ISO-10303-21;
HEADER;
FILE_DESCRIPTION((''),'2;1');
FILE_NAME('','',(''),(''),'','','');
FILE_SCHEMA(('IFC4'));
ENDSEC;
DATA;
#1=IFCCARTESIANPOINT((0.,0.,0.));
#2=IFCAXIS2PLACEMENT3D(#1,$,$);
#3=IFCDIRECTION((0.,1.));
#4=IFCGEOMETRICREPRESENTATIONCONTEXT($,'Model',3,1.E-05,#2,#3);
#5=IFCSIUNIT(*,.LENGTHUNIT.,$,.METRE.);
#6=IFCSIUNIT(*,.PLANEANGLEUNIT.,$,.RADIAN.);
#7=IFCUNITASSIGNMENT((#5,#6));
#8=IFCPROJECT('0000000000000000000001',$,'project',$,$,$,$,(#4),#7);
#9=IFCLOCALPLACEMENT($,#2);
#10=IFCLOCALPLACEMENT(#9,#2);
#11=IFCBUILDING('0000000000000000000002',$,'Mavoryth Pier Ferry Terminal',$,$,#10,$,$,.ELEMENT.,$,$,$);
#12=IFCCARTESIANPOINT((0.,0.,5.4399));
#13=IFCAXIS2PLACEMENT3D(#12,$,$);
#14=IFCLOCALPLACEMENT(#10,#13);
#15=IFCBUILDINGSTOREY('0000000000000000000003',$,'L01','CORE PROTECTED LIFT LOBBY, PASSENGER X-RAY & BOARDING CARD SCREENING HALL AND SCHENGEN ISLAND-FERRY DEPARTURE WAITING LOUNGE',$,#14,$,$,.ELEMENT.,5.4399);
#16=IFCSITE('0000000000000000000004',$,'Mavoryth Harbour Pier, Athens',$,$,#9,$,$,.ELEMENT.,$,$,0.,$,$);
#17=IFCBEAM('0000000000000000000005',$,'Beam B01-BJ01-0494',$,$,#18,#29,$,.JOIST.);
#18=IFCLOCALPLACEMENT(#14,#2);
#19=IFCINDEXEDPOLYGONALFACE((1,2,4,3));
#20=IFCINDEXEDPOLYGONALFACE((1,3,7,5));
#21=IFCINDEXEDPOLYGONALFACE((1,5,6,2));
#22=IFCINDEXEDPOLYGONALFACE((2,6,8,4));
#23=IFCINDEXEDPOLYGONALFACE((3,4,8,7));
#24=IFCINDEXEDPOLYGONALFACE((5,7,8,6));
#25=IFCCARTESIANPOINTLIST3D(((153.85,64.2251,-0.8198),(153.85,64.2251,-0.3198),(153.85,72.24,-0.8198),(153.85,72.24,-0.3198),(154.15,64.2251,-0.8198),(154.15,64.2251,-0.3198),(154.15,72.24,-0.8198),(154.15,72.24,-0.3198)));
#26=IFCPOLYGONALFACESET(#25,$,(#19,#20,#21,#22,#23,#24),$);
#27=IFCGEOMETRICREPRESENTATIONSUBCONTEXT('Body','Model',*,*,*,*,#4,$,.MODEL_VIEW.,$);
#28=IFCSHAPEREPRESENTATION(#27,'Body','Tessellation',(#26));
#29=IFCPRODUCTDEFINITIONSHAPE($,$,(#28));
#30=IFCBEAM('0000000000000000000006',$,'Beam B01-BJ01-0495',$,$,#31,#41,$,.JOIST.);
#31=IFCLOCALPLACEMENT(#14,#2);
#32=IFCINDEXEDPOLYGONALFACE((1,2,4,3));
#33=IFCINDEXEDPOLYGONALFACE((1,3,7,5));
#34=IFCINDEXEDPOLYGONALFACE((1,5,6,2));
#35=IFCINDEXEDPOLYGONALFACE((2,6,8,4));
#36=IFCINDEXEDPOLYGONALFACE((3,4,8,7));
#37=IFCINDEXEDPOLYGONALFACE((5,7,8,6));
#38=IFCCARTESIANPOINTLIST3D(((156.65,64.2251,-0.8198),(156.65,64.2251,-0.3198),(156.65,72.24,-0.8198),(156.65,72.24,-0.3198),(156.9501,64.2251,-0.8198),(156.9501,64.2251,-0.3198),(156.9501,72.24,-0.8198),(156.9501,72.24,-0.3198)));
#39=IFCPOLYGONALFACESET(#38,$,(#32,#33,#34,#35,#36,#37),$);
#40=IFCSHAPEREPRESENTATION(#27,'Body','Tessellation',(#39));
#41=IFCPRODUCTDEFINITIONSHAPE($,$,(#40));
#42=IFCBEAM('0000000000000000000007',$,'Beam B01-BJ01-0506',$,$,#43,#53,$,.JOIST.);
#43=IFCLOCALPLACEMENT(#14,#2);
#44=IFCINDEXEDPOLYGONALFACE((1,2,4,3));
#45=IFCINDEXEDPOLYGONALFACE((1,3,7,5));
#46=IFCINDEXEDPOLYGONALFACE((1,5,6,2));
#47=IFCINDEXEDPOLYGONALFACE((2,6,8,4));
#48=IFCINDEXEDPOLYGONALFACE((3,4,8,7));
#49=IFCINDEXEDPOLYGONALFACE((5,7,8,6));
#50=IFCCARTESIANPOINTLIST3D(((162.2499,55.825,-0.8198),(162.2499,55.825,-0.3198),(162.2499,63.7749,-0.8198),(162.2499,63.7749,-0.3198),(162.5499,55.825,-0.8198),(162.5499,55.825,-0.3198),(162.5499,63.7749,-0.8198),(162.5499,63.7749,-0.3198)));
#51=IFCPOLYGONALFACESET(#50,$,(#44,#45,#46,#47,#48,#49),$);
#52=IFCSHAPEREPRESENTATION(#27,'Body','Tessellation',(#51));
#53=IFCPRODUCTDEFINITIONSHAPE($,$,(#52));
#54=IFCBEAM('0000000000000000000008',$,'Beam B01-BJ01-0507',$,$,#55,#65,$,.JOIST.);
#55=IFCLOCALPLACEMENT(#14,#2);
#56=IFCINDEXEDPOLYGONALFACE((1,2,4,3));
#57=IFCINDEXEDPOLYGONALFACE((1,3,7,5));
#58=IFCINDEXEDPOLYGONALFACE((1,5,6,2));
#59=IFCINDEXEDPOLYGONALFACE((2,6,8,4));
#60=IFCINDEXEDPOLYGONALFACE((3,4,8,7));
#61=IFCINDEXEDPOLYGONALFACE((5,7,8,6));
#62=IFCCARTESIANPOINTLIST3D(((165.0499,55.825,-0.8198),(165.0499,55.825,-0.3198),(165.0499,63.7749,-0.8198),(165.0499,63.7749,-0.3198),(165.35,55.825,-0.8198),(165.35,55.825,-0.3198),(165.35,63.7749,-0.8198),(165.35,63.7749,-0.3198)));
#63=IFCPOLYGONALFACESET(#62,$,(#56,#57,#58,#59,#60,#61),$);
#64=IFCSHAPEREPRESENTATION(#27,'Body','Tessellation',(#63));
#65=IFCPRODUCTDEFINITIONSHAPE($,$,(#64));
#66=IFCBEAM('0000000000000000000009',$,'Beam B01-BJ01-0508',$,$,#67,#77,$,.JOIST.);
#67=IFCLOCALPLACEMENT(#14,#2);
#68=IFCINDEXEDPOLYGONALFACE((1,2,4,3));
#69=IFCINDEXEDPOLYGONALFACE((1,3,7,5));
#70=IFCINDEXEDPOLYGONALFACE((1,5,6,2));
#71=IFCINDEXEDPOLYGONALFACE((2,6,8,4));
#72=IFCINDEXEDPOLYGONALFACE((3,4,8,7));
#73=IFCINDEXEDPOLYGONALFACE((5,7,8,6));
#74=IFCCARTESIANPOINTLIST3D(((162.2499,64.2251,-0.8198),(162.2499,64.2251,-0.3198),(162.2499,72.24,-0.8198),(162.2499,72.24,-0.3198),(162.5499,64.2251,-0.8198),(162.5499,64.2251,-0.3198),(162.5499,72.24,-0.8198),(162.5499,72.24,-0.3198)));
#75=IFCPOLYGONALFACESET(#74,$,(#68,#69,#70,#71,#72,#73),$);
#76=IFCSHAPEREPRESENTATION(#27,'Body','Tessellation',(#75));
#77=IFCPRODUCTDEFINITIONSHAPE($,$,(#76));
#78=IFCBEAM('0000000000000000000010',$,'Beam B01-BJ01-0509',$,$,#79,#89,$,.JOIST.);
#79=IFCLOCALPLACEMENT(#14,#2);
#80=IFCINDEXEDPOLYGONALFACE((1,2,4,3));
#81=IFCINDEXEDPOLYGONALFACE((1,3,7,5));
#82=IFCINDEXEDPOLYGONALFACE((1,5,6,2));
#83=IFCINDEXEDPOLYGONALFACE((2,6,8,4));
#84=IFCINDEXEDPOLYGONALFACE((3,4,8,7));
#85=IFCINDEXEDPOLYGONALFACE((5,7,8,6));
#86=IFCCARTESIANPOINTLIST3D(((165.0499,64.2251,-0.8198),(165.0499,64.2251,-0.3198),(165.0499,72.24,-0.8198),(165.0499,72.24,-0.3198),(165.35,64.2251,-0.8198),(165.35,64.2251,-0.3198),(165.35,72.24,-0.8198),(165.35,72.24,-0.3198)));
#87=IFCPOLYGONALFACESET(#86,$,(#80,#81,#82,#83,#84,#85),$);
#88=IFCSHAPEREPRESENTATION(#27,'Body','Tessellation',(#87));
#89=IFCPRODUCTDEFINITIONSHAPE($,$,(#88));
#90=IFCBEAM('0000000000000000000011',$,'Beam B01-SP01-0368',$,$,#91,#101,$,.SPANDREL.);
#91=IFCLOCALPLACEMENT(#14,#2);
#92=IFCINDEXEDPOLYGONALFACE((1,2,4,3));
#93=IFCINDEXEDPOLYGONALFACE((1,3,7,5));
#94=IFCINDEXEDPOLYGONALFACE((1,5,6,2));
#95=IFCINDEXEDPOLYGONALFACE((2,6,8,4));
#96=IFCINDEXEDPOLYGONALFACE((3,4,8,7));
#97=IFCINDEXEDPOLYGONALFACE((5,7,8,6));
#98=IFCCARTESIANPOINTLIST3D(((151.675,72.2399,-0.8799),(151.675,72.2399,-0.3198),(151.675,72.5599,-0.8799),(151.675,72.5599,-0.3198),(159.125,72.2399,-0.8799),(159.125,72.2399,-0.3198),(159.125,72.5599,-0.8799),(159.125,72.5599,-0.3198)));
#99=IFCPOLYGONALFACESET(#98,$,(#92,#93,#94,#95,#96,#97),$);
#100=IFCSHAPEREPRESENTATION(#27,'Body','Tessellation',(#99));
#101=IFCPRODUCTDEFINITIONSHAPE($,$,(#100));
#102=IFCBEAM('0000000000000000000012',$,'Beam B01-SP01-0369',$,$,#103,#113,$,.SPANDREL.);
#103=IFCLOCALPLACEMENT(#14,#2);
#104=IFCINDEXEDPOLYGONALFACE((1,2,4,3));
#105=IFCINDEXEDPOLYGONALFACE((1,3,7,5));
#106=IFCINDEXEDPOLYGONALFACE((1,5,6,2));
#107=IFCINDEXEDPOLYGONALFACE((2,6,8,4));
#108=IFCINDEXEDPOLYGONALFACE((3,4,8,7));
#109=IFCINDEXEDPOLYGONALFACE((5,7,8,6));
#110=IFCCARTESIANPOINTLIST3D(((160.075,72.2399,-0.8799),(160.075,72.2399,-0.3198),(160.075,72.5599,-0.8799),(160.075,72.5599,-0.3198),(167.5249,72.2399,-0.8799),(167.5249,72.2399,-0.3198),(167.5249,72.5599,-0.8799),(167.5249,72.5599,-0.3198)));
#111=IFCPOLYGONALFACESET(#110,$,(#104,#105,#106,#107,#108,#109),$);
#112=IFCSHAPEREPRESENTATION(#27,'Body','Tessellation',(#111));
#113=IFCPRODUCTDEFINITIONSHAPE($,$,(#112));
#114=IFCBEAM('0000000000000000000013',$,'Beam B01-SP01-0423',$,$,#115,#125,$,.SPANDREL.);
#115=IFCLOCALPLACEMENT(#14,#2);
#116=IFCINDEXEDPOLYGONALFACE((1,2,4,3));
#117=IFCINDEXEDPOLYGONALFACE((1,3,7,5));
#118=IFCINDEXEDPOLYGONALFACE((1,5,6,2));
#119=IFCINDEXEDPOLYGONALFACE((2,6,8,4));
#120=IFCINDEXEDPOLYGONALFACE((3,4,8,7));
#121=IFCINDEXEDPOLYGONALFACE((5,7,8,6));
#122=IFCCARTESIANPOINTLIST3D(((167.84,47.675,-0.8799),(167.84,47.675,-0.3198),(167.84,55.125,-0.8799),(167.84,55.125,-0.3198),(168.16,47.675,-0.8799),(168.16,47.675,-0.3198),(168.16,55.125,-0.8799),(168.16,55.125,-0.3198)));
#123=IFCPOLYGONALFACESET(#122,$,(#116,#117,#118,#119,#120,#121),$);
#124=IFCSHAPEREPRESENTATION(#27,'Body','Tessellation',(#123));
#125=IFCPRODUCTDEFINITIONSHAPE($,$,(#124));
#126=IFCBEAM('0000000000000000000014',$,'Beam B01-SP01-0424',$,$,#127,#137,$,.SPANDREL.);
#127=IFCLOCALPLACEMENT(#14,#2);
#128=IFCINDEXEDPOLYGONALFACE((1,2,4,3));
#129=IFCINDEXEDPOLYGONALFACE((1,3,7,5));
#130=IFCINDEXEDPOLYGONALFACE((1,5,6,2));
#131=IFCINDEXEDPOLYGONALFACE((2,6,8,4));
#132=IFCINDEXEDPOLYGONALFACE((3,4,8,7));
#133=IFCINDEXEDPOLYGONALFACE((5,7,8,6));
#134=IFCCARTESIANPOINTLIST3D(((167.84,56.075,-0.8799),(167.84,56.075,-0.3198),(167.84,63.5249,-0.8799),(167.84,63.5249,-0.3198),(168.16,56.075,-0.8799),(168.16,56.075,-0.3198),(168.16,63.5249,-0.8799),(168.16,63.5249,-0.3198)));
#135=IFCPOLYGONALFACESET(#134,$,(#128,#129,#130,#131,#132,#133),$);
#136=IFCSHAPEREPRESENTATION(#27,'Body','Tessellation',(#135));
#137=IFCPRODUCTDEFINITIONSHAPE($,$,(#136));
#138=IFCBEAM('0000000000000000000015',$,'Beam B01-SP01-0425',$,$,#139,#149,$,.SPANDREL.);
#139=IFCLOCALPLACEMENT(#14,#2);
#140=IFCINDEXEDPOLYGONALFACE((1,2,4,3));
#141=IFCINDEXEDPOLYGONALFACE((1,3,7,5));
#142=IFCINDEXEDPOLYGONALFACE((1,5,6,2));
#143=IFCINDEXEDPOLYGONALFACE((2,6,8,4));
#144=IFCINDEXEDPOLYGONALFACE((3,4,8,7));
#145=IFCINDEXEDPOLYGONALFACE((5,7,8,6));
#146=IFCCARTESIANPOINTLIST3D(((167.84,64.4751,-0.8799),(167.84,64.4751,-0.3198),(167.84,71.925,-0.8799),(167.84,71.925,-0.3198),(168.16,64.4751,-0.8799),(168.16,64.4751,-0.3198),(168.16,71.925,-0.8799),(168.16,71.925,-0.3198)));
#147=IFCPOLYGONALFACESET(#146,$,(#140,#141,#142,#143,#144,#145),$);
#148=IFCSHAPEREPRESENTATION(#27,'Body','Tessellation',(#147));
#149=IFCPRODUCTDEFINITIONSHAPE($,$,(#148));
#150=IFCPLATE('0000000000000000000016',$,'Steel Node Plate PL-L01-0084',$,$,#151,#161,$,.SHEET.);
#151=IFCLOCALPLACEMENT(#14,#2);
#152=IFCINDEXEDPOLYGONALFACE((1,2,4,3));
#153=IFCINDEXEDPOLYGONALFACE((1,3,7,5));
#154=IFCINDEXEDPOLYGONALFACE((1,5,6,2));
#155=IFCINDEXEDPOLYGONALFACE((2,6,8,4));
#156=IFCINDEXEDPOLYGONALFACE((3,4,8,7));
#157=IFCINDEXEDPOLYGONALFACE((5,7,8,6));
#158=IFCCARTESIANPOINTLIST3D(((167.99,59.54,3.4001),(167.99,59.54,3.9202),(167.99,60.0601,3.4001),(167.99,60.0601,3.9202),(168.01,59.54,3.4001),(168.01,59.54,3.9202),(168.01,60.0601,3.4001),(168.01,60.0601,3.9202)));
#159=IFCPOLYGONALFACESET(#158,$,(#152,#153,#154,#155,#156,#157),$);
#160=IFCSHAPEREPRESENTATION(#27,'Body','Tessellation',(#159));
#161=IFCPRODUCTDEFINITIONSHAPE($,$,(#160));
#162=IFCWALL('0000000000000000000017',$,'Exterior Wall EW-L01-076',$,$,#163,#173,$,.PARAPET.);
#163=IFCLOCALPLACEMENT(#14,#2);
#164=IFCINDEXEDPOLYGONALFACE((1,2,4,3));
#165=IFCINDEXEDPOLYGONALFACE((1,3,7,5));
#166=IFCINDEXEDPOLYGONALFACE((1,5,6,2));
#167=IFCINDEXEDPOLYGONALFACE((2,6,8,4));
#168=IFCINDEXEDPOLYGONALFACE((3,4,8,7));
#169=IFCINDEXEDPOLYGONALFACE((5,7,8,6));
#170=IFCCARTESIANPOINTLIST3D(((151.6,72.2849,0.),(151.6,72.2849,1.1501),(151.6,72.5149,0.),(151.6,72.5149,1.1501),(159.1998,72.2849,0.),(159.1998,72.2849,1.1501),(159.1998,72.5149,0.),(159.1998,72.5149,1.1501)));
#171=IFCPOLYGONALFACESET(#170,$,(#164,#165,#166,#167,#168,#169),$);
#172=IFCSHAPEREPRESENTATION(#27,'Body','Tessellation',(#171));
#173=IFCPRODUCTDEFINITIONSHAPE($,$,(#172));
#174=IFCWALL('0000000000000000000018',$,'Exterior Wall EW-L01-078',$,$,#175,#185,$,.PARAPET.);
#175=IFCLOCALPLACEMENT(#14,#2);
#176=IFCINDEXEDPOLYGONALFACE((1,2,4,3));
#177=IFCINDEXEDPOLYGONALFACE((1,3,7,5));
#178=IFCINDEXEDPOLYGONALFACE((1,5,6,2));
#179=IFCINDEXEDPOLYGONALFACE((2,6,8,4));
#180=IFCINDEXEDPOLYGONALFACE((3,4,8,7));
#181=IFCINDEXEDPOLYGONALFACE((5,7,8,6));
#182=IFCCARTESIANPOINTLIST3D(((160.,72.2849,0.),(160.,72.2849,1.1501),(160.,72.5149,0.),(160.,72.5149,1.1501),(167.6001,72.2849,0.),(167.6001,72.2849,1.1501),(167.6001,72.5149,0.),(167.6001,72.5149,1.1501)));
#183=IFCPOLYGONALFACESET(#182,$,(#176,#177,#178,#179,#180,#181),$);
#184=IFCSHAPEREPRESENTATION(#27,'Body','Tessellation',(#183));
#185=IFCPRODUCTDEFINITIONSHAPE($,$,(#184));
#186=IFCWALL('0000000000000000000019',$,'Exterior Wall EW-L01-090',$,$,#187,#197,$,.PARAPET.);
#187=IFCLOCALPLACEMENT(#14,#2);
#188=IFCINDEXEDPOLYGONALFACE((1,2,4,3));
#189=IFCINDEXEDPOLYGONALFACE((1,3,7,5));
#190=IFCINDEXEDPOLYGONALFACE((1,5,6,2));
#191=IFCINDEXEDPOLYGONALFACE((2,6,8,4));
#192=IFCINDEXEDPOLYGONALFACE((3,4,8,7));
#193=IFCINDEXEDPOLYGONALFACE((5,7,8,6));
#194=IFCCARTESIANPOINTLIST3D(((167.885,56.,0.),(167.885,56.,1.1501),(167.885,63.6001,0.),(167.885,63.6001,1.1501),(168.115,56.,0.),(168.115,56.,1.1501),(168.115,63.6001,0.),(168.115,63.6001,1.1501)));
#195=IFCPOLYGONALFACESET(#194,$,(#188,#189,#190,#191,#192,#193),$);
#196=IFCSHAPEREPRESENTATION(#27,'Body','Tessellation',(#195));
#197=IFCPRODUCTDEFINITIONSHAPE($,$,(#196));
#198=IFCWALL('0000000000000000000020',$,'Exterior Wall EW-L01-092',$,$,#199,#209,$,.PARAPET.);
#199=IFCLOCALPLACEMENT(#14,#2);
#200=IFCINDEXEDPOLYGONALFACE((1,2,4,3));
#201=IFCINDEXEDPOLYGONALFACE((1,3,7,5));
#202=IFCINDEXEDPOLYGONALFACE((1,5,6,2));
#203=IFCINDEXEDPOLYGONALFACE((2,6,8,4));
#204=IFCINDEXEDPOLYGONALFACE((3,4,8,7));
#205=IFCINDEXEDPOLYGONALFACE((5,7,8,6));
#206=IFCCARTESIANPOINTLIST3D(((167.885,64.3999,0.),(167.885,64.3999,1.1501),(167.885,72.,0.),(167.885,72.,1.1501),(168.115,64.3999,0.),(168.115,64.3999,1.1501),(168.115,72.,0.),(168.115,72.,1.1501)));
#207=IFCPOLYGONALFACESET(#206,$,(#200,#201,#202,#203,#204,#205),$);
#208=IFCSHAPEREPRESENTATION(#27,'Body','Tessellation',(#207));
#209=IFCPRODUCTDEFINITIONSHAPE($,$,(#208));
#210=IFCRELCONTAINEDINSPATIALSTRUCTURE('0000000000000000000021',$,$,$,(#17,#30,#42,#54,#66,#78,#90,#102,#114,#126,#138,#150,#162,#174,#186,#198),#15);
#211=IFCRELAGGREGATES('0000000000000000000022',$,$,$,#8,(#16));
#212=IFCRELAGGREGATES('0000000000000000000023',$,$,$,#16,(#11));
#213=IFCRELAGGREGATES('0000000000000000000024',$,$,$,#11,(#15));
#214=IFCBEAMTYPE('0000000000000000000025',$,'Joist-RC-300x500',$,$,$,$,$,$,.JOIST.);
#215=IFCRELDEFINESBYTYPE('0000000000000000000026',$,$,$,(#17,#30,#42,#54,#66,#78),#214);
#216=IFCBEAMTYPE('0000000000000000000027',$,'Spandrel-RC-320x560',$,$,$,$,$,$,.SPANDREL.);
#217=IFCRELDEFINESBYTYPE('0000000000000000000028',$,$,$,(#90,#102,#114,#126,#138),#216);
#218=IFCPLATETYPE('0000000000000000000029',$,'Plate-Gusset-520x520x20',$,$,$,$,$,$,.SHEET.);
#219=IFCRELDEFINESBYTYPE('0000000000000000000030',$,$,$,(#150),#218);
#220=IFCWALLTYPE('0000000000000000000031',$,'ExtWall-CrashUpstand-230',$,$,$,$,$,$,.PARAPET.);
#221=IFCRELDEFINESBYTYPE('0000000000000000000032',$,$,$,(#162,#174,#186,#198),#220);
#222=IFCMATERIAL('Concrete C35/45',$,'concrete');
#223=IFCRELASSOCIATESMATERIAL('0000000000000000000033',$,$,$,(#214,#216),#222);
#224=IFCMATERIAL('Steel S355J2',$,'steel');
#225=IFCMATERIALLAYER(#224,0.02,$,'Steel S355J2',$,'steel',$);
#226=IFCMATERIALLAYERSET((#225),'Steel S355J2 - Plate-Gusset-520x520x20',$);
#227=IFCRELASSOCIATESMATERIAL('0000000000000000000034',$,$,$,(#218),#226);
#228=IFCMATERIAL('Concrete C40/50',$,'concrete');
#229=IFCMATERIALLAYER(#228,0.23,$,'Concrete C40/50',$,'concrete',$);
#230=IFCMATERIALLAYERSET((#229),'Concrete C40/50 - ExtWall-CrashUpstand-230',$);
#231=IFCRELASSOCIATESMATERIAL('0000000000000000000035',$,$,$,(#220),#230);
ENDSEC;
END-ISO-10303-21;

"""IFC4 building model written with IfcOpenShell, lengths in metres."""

from ifc_helpers import new_model, si_unit, direction, frame, frame_2d, origin, origin_2d, place, context, subcontext, project, spatial, rectangle, extrude, material, layer, layer_set, material_profile, profile_set, type_object, element, save


model = new_model("IFC4")

# Units and contexts
model_context = context("Model", 3, precision=1e-05, world=origin(), true_north=direction((0.0, 1.0)))
body_context = subcontext(model_context, "Body", "Model", "MODEL_VIEW")
ifc_project = project(units=[si_unit("LENGTHUNIT", "METRE"), si_unit("PLANEANGLEUNIT", "RADIAN")], contexts=[model_context])

# Site, building, storey
site_placement = place(None, origin())
site = spatial("IfcSite", under=ifc_project, at=site_placement, Name="Mavoryth Harbour Pier, Athens", CompositionType="ELEMENT", RefElevation=0.0)
building_placement = place(site_placement, origin())
building = spatial("IfcBuilding", under=site, at=building_placement, Name="Mavoryth Pier Ferry Terminal", CompositionType="ELEMENT")
storey_placement = place(building_placement, frame((0.0, 0.0, 5.4399)))
storey = spatial("IfcBuildingStorey", under=building, at=storey_placement, Name="L01", Description="CORE PROTECTED LIFT LOBBY, PASSENGER X-RAY & BOARDING CARD SCREENING HALL AND SCHENGEN ISLAND-FERRY DEPARTURE WAITING LOUNGE", CompositionType="ELEMENT", Elevation=5.4399)

# Shared definitions
ifc_material_1 = material(Name="Concrete C40/50", Category="concrete")

# Shared definitions
ifc_material_2 = material(Name="Steel S355J2", Category="steel")

# Beams
ifc_material_3 = material(Name="Concrete C35/45", Category="concrete")
ifc_material_profile_1 = material_profile(ifc_material_3, rectangle(XDim=0.3, YDim=0.5, at=origin_2d()), Name="RC 300x500", Category="concrete")
ifc_profile_set_1 = profile_set([ifc_material_profile_1], Name="Concrete C35/45 - RC 300x500")
beam_type_1 = type_object("IfcBeamType", Name="Joist-RC-300x500", PredefinedType="JOIST", material=ifc_profile_set_1)
for number, where, z_axis, x_axis, name in (
    (1, (154.0, 64.2251, -0.5698), (0.0, 1.0, 0.0), (-1.0, 0.0, 0.0), "Beam B01-BJ01-0494"),
    (2, (156.8, 64.2251, -0.5698), (0.0, 1.0, 0.0), (-1.0, 0.0, 0.0), "Beam B01-BJ01-0495"),
):
    element("IfcBeam", number, at=place(storey_placement, frame(where, z_axis=z_axis, x_axis=x_axis)), inside=storey, type_object=beam_type_1, Name=name, PredefinedType="JOIST", context=body_context, shape_type="SweptSolid", body=[
        extrude(rectangle(XDim=0.3, YDim=0.5, at=origin_2d()), origin(), (0.0, 0.0, 1.0), 8.0149),
    ])
for number, where, z_axis, x_axis, name in (
    (3, (162.3999, 55.825, -0.5698), (0.0, 1.0, 0.0), (-1.0, 0.0, 0.0), "Beam B01-BJ01-0506"),
    (4, (165.2, 55.825, -0.5698), (0.0, 1.0, 0.0), (-1.0, 0.0, 0.0), "Beam B01-BJ01-0507"),
):
    element("IfcBeam", number, at=place(storey_placement, frame(where, z_axis=z_axis, x_axis=x_axis)), inside=storey, type_object=beam_type_1, Name=name, PredefinedType="JOIST", context=body_context, shape_type="SweptSolid", body=[
        extrude(rectangle(XDim=0.3, YDim=0.5, at=origin_2d()), origin(), (0.0, 0.0, 1.0), 7.95),
    ])
for number, where, z_axis, x_axis, name in (
    (5, (162.3999, 64.2251, -0.5698), (0.0, 1.0, 0.0), (-1.0, 0.0, 0.0), "Beam B01-BJ01-0508"),
    (6, (165.2, 64.2251, -0.5698), (0.0, 1.0, 0.0), (-1.0, 0.0, 0.0), "Beam B01-BJ01-0509"),
):
    element("IfcBeam", number, at=place(storey_placement, frame(where, z_axis=z_axis, x_axis=x_axis)), inside=storey, type_object=beam_type_1, Name=name, PredefinedType="JOIST", context=body_context, shape_type="SweptSolid", body=[
        extrude(rectangle(XDim=0.3, YDim=0.5, at=origin_2d()), origin(), (0.0, 0.0, 1.0), 8.0149),
    ])
ifc_material_profile_2 = material_profile(ifc_material_3, rectangle(XDim=0.3201, YDim=0.5601, at=origin_2d()), Name="RC 320x560", Category="concrete")
ifc_profile_set_2 = profile_set([ifc_material_profile_2], Name="Concrete C35/45 - RC 320x560")
beam_type_2 = type_object("IfcBeamType", Name="Spandrel-RC-320x560", PredefinedType="SPANDREL", material=ifc_profile_set_2)
for number, where, z_axis, x_axis, name in (
    (7, (151.675, 72.3999, -0.5999), (1.0, 0.0, 0.0), (0.0, 1.0, 0.0), "Beam B01-SP01-0368"),
    (8, (160.075, 72.3999, -0.5999), (1.0, 0.0, 0.0), (0.0, 1.0, 0.0), "Beam B01-SP01-0369"),
    (9, (168.0, 47.675, -0.5999), (0.0, 1.0, 0.0), (-1.0, 0.0, 0.0), "Beam B01-SP01-0423"),
    (10, (168.0, 56.075, -0.5999), (0.0, 1.0, 0.0), (-1.0, 0.0, 0.0), "Beam B01-SP01-0424"),
    (11, (168.0, 64.4751, -0.5999), (0.0, 1.0, 0.0), (-1.0, 0.0, 0.0), "Beam B01-SP01-0425"),
):
    element("IfcBeam", number, at=place(storey_placement, frame(where, z_axis=z_axis, x_axis=x_axis)), inside=storey, type_object=beam_type_2, Name=name, PredefinedType="SPANDREL", context=body_context, shape_type="SweptSolid", body=[
        extrude(rectangle(XDim=0.3201, YDim=0.5601, at=origin_2d()), origin(), (0.0, 0.0, 1.0), 7.45),
    ])

# Plate
ifc_layer_1 = layer(ifc_material_2, 0.02, Name="Steel S355J2", Category="steel")
ifc_layer_set_1 = layer_set([ifc_layer_1], Name="Steel S355J2 - Plate-Gusset-520x520x20")
plate_type = type_object("IfcPlateType", Name="Plate-Gusset-520x520x20", PredefinedType="SHEET", material=ifc_layer_set_1)
plate_placement = place(storey_placement, frame((168.0, 59.8, 3.4001), z_axis=(0.0, 0.0, 1.0), x_axis=(0.0, 1.0, 0.0)))
element("IfcPlate", 12, at=plate_placement, inside=storey, type_object=plate_type, Name="Steel Node Plate PL-L01-0084", PredefinedType="SHEET", context=body_context, shape_type="SweptSolid", body=[
    extrude(rectangle(XDim=0.52, YDim=0.02, at=origin_2d()), origin(), (0.0, 0.0, 1.0), 0.52),
])

# Walls
ifc_layer_2 = layer(ifc_material_1, 0.23, Name="Concrete C40/50", Category="concrete")
ifc_layer_set_2 = layer_set([ifc_layer_2], Name="Concrete C40/50 - ExtWall-CrashUpstand-230")
wall_type = type_object("IfcWallType", Name="ExtWall-CrashUpstand-230", PredefinedType="PARAPET", material=ifc_layer_set_2)
wall_placement = place(storey_placement, frame((151.6001, 72.3999, 0.0), z_axis=(0.0, 0.0, 1.0), x_axis=(1.0, 0.0, 0.0)))
element("IfcWall", 13, at=wall_placement, inside=storey, type_object=wall_type, Name="Exterior Wall EW-L01-076", PredefinedType="PARAPET", context=body_context, shape_type="SweptSolid", body=[
    extrude(rectangle(XDim=7.5999, YDim=0.23, at=frame_2d((3.7998, 0.0))), origin(), (0.0, 0.0, 1.0), 1.1501),
])
for number, where, z_axis, x_axis, name in (
    (14, (160.0, 72.3999, 0.0), (0.0, 0.0, 1.0), (1.0, 0.0, 0.0), "Exterior Wall EW-L01-078"),
    (15, (168.0, 56.0, 0.0), (0.0, 0.0, 1.0), (0.0, 1.0, 0.0), "Exterior Wall EW-L01-090"),
    (16, (168.0, 64.3999, 0.0), (0.0, 0.0, 1.0), (0.0, 1.0, 0.0), "Exterior Wall EW-L01-092"),
):
    element("IfcWall", number, at=place(storey_placement, frame(where, z_axis=z_axis, x_axis=x_axis)), inside=storey, type_object=wall_type, Name=name, PredefinedType="PARAPET", context=body_context, shape_type="SweptSolid", body=[
        extrude(rectangle(XDim=7.6001, YDim=0.23, at=frame_2d((3.8, 0.0))), origin(), (0.0, 0.0, 1.0), 1.1501),
    ])

save(model, "model.ifc")
